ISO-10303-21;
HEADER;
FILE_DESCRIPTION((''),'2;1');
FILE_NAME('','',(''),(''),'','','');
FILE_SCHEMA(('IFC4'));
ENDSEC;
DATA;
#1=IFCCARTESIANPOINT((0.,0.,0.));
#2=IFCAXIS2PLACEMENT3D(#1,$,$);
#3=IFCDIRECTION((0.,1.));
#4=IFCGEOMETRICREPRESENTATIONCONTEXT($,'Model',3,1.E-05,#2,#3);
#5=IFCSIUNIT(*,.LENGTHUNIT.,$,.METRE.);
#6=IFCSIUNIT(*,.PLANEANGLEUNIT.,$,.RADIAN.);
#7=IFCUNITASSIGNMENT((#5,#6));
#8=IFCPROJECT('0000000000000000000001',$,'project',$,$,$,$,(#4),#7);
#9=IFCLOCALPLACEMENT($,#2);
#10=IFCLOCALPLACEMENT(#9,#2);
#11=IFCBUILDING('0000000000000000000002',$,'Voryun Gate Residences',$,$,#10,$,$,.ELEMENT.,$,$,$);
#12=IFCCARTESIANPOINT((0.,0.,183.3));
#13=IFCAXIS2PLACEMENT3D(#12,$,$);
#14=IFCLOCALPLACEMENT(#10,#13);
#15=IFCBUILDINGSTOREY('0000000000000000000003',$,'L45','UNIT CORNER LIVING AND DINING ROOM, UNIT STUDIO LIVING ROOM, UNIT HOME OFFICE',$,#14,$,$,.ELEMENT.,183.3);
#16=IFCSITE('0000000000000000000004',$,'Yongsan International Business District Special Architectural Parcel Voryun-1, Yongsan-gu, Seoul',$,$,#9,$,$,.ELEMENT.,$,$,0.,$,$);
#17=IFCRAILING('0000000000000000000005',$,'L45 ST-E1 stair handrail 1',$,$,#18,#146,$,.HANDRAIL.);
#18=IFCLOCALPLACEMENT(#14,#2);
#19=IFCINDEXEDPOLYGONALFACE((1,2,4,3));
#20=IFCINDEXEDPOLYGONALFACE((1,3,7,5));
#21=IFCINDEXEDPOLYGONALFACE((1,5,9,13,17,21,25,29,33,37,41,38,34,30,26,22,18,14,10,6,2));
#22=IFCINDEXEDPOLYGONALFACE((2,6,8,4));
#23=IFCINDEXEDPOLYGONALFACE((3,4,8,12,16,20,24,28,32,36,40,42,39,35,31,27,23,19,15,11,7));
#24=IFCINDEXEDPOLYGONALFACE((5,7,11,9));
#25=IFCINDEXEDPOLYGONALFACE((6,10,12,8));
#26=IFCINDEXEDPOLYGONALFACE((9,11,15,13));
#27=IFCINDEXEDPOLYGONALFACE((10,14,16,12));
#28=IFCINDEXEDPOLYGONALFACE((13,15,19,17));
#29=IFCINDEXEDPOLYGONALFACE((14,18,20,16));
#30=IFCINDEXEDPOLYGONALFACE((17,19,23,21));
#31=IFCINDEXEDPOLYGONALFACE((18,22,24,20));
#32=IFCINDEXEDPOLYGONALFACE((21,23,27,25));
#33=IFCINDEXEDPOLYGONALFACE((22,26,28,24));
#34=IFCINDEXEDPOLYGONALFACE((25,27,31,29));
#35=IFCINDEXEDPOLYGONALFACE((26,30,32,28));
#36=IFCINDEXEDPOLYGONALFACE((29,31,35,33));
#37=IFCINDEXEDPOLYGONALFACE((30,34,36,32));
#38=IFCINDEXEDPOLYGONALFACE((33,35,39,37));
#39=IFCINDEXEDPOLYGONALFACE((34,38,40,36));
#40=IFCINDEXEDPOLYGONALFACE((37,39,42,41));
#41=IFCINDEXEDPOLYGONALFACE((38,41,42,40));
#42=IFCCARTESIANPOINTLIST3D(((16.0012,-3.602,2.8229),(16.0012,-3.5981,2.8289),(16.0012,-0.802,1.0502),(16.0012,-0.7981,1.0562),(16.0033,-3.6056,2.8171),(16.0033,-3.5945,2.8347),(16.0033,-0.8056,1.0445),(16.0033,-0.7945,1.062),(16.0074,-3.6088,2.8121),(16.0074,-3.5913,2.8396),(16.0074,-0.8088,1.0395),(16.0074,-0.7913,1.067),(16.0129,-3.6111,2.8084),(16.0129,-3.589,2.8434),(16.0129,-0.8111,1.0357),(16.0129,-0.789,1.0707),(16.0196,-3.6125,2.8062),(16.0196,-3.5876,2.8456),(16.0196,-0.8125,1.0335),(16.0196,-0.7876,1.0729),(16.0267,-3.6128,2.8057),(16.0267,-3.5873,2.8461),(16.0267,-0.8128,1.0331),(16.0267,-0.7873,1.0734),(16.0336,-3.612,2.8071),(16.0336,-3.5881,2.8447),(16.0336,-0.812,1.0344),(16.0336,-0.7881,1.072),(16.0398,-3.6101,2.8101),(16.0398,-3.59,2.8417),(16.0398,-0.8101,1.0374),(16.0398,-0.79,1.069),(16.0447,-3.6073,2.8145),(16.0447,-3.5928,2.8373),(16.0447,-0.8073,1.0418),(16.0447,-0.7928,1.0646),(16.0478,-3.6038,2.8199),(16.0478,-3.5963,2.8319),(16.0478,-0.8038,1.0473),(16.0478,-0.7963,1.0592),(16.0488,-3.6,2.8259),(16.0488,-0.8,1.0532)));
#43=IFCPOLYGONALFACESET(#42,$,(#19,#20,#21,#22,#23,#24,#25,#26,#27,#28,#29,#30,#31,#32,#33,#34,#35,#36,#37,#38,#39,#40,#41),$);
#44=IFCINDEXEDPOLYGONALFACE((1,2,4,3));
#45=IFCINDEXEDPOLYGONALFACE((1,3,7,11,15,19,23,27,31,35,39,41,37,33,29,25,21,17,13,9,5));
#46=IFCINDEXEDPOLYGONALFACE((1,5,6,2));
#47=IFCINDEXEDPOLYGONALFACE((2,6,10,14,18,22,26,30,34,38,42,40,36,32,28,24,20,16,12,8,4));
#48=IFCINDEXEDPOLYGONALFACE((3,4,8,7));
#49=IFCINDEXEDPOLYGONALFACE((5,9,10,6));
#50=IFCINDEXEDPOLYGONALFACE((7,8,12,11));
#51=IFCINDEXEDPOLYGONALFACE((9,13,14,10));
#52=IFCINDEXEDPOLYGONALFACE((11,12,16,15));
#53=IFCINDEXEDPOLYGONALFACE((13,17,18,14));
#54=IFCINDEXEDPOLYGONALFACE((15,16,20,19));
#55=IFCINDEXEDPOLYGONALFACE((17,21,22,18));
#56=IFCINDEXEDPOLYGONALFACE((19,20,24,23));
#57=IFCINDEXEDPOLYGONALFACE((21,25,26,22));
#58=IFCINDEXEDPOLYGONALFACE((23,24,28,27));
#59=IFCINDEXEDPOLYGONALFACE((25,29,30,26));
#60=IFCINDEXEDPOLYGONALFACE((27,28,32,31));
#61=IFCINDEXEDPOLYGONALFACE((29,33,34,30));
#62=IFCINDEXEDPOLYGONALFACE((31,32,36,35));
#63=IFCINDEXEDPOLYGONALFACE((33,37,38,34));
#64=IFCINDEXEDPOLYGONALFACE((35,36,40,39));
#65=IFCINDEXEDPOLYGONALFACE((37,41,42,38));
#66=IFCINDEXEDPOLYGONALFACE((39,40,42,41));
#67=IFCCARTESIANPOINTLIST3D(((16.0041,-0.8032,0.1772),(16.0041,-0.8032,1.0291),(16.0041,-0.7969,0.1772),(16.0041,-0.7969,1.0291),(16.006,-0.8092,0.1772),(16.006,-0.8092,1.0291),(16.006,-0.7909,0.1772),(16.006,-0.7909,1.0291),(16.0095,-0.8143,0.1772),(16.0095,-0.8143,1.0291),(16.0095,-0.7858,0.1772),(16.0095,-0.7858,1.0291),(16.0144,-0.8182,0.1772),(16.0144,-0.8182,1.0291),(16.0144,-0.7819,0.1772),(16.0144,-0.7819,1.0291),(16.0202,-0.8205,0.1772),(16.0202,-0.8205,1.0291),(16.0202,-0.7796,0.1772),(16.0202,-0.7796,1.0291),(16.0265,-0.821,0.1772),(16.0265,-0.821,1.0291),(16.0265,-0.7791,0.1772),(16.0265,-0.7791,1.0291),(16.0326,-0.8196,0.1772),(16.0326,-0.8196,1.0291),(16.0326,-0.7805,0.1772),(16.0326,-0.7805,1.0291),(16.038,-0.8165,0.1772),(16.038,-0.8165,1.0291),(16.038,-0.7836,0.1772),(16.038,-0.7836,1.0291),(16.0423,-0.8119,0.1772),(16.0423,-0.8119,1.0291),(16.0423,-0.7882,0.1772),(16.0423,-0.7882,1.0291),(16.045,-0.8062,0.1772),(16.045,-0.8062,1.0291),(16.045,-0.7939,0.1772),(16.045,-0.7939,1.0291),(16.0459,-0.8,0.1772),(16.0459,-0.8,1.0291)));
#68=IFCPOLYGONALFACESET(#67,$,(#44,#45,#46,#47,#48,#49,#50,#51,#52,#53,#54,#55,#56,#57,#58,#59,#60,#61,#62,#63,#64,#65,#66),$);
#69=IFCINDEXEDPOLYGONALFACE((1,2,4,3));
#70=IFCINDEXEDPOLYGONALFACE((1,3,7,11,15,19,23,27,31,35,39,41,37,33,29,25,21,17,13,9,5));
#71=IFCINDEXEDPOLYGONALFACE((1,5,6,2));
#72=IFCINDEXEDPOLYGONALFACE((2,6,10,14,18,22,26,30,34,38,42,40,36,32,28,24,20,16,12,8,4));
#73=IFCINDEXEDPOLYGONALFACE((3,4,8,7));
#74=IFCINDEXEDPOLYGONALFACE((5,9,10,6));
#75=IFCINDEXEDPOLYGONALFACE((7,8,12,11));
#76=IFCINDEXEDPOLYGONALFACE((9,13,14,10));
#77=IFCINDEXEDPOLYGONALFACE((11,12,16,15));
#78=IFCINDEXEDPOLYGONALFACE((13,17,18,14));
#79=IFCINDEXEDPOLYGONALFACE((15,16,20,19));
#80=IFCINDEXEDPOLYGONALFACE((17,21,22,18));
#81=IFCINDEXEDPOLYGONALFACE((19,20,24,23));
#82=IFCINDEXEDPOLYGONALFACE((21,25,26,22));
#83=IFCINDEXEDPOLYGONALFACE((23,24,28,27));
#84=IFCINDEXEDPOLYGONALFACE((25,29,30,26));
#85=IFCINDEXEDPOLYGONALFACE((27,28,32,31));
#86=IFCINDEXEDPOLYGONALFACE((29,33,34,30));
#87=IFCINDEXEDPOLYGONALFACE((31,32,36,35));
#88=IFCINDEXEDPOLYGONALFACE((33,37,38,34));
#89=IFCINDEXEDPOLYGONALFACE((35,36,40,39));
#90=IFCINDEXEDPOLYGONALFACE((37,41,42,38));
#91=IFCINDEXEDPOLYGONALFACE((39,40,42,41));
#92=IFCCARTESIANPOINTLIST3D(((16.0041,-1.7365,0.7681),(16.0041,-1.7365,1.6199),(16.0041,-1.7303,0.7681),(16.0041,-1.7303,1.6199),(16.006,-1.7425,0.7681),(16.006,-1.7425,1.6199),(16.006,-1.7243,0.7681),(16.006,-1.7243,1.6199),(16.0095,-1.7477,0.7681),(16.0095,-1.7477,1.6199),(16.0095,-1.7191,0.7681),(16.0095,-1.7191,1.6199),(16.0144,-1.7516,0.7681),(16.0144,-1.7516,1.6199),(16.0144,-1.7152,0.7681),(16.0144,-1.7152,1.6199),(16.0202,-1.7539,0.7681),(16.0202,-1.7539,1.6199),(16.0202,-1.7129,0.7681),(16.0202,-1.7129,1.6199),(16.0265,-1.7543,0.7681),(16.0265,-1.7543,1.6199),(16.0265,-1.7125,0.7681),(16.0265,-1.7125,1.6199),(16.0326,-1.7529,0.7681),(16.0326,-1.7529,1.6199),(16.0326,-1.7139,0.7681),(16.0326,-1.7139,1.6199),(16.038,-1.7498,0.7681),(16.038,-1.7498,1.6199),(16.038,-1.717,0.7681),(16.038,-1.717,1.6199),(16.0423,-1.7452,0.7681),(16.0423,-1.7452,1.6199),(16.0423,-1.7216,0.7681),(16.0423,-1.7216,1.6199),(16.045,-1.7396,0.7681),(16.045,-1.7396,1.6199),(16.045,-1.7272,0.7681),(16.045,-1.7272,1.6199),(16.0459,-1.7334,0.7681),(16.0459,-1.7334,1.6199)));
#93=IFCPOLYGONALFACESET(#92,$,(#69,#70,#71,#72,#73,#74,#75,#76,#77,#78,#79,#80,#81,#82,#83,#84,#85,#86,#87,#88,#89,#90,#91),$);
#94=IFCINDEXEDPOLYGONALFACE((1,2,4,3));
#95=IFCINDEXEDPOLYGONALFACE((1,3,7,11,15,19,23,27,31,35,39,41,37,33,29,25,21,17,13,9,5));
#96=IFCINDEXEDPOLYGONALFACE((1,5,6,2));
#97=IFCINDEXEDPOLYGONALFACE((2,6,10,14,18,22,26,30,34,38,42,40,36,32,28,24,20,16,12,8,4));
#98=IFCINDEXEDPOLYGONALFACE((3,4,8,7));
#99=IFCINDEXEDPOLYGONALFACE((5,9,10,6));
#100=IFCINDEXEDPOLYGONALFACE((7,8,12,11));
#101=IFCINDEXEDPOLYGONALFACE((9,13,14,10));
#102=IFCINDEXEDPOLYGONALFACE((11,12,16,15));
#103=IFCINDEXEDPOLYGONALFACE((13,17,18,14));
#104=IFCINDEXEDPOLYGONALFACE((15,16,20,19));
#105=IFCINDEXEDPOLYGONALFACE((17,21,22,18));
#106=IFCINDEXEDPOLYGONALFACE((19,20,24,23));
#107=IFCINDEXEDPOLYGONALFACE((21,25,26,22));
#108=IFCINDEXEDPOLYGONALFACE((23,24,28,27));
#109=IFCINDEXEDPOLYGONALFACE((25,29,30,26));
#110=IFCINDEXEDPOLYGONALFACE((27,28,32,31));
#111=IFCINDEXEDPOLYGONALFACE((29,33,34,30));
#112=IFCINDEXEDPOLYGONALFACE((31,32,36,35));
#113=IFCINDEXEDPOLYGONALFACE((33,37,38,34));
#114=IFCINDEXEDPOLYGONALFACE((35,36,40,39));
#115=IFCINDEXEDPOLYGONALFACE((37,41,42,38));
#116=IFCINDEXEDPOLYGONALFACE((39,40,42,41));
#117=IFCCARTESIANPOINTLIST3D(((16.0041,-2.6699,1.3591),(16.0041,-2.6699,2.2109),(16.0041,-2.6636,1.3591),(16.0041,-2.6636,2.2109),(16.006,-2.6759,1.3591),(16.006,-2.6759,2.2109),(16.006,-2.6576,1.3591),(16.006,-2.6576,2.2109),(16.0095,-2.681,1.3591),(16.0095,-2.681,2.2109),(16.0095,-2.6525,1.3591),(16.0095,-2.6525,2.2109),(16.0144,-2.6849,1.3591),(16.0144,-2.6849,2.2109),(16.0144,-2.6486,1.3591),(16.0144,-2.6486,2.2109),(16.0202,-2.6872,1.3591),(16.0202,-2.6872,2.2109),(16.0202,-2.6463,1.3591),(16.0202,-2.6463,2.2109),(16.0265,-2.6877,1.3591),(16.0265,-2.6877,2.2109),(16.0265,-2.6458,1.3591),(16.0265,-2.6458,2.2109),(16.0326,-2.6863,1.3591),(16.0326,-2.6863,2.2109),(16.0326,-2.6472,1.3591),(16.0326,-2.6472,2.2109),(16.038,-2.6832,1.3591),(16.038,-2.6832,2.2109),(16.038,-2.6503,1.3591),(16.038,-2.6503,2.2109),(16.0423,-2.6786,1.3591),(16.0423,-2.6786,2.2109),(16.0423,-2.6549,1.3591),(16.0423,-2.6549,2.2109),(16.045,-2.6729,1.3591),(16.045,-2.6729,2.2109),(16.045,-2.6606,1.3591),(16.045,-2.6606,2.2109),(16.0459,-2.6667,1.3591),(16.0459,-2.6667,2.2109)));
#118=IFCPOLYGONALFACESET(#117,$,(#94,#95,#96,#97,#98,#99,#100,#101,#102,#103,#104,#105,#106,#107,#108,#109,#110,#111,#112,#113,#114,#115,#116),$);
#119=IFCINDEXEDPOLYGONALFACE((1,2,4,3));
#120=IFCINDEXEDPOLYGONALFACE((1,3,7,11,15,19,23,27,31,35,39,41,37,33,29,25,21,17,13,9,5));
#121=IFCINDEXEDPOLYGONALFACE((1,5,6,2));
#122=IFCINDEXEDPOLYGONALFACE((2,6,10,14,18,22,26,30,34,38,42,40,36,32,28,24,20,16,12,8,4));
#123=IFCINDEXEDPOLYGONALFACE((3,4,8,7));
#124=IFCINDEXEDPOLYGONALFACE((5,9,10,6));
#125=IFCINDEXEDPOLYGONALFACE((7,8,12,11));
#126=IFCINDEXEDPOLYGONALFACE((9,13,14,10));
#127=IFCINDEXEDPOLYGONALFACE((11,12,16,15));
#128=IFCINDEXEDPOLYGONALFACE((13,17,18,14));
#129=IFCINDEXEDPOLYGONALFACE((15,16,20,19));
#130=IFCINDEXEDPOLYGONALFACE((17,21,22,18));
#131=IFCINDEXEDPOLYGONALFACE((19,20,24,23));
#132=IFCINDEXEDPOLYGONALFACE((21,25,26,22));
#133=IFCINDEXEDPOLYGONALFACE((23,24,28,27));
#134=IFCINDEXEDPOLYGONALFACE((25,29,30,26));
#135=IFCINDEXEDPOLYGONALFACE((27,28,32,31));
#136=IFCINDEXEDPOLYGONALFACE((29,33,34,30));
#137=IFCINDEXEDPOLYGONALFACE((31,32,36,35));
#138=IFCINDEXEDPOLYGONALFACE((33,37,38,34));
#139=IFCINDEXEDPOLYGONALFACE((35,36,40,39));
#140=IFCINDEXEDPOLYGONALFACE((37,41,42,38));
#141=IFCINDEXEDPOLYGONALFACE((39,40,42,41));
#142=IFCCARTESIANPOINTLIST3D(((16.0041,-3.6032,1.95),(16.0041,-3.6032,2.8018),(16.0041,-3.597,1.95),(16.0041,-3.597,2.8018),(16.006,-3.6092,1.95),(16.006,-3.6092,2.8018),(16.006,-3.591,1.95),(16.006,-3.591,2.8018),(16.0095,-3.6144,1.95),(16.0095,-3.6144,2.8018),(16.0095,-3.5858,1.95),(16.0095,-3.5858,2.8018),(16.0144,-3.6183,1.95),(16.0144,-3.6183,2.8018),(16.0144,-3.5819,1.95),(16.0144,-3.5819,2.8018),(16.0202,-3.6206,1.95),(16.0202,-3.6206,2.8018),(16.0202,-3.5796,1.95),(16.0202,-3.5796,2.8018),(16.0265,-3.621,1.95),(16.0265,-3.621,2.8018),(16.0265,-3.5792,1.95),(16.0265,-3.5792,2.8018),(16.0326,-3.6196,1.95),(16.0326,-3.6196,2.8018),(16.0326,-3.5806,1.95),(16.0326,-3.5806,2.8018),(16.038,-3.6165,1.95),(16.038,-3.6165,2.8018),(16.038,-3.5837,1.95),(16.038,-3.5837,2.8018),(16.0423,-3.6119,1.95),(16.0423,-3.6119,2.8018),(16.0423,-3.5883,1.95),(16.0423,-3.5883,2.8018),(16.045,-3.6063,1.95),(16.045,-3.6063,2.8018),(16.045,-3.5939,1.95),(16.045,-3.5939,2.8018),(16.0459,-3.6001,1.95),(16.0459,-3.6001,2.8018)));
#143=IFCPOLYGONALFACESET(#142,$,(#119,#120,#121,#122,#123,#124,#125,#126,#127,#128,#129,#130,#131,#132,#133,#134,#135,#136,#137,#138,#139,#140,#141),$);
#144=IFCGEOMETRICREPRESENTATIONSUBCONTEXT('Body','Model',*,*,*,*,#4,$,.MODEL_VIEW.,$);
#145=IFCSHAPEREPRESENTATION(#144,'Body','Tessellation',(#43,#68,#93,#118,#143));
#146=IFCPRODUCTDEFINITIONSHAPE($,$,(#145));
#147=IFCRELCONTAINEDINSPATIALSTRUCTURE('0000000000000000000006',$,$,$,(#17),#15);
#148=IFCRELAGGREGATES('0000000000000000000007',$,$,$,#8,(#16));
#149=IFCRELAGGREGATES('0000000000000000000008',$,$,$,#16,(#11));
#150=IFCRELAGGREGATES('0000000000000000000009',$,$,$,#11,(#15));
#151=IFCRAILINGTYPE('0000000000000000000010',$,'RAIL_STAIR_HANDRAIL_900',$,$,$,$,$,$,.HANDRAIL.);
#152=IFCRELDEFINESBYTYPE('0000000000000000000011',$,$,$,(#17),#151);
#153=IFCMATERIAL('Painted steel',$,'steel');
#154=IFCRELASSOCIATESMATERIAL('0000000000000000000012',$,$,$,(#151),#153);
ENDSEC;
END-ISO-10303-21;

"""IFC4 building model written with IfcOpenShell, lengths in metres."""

from ifc_helpers import new_model, si_unit, direction, frame, origin, origin_2d, place, context, subcontext, project, spatial, circle, extrude, material, type_object, element, save


model = new_model("IFC4")

# Units and contexts
model_context = context("Model", 3, precision=1e-05, world=origin(), true_north=direction((0.0, 1.0)))
body_context = subcontext(model_context, "Body", "Model", "MODEL_VIEW")
ifc_project = project(units=[si_unit("LENGTHUNIT", "METRE"), si_unit("PLANEANGLEUNIT", "RADIAN")], contexts=[model_context])

# Site, building, storey
site_placement = place(None, origin())
site = spatial("IfcSite", under=ifc_project, at=site_placement, Name="Yongsan International Business District Special Architectural Parcel Voryun-1, Yongsan-gu, Seoul", CompositionType="ELEMENT", RefElevation=0.0)
building_placement = place(site_placement, origin())
building = spatial("IfcBuilding", under=site, at=building_placement, Name="Voryun Gate Residences", CompositionType="ELEMENT")
storey_placement = place(building_placement, frame((0.0, 0.0, 183.3)))
storey = spatial("IfcBuildingStorey", under=building, at=storey_placement, Name="L45", Description="UNIT CORNER LIVING AND DINING ROOM, UNIT STUDIO LIVING ROOM, UNIT HOME OFFICE", CompositionType="ELEMENT", Elevation=183.3)

# Railing
ifc_material_1 = material(Name="Painted steel", Category="steel")
railing_type_1 = type_object("IfcRailingType", Name="RAIL_STAIR_HANDRAIL_900", PredefinedType="HANDRAIL", material=ifc_material_1)
railing_1_placement = place(storey_placement, frame((16.0249, -0.8, 0.1772)))
element("IfcRailing", 1, at=railing_1_placement, inside=storey, type_object=railing_type_1, Name="L45 ST-E1 stair handrail 1", PredefinedType="HANDRAIL", context=body_context, shape_type="SweptSolid", body=[
    extrude(circle(Radius=0.0239, at=origin_2d()), frame((0.0, 0.0, 0.876), z_axis=(0.0, -0.844909, 0.53491), x_axis=(1.0, 0.0, 0.0)), (0.0, 0.0, 1.0), 3.314),
    extrude(circle(Radius=0.021, at=origin_2d()), origin(), (0.0, 0.0, 1.0), 0.8518),
    extrude(circle(Radius=0.021, at=origin_2d()), frame((0.0, -0.9333, 0.5908)), (0.0, 0.0, 1.0), 0.8518),
    extrude(circle(Radius=0.021, at=origin_2d()), frame((0.0, -1.8667, 1.1819)), (0.0, 0.0, 1.0), 0.8518),
    extrude(circle(Radius=0.021, at=origin_2d()), frame((0.0, -2.8, 1.7727)), (0.0, 0.0, 1.0), 0.8518),
])

save(model, "model.ifc")
